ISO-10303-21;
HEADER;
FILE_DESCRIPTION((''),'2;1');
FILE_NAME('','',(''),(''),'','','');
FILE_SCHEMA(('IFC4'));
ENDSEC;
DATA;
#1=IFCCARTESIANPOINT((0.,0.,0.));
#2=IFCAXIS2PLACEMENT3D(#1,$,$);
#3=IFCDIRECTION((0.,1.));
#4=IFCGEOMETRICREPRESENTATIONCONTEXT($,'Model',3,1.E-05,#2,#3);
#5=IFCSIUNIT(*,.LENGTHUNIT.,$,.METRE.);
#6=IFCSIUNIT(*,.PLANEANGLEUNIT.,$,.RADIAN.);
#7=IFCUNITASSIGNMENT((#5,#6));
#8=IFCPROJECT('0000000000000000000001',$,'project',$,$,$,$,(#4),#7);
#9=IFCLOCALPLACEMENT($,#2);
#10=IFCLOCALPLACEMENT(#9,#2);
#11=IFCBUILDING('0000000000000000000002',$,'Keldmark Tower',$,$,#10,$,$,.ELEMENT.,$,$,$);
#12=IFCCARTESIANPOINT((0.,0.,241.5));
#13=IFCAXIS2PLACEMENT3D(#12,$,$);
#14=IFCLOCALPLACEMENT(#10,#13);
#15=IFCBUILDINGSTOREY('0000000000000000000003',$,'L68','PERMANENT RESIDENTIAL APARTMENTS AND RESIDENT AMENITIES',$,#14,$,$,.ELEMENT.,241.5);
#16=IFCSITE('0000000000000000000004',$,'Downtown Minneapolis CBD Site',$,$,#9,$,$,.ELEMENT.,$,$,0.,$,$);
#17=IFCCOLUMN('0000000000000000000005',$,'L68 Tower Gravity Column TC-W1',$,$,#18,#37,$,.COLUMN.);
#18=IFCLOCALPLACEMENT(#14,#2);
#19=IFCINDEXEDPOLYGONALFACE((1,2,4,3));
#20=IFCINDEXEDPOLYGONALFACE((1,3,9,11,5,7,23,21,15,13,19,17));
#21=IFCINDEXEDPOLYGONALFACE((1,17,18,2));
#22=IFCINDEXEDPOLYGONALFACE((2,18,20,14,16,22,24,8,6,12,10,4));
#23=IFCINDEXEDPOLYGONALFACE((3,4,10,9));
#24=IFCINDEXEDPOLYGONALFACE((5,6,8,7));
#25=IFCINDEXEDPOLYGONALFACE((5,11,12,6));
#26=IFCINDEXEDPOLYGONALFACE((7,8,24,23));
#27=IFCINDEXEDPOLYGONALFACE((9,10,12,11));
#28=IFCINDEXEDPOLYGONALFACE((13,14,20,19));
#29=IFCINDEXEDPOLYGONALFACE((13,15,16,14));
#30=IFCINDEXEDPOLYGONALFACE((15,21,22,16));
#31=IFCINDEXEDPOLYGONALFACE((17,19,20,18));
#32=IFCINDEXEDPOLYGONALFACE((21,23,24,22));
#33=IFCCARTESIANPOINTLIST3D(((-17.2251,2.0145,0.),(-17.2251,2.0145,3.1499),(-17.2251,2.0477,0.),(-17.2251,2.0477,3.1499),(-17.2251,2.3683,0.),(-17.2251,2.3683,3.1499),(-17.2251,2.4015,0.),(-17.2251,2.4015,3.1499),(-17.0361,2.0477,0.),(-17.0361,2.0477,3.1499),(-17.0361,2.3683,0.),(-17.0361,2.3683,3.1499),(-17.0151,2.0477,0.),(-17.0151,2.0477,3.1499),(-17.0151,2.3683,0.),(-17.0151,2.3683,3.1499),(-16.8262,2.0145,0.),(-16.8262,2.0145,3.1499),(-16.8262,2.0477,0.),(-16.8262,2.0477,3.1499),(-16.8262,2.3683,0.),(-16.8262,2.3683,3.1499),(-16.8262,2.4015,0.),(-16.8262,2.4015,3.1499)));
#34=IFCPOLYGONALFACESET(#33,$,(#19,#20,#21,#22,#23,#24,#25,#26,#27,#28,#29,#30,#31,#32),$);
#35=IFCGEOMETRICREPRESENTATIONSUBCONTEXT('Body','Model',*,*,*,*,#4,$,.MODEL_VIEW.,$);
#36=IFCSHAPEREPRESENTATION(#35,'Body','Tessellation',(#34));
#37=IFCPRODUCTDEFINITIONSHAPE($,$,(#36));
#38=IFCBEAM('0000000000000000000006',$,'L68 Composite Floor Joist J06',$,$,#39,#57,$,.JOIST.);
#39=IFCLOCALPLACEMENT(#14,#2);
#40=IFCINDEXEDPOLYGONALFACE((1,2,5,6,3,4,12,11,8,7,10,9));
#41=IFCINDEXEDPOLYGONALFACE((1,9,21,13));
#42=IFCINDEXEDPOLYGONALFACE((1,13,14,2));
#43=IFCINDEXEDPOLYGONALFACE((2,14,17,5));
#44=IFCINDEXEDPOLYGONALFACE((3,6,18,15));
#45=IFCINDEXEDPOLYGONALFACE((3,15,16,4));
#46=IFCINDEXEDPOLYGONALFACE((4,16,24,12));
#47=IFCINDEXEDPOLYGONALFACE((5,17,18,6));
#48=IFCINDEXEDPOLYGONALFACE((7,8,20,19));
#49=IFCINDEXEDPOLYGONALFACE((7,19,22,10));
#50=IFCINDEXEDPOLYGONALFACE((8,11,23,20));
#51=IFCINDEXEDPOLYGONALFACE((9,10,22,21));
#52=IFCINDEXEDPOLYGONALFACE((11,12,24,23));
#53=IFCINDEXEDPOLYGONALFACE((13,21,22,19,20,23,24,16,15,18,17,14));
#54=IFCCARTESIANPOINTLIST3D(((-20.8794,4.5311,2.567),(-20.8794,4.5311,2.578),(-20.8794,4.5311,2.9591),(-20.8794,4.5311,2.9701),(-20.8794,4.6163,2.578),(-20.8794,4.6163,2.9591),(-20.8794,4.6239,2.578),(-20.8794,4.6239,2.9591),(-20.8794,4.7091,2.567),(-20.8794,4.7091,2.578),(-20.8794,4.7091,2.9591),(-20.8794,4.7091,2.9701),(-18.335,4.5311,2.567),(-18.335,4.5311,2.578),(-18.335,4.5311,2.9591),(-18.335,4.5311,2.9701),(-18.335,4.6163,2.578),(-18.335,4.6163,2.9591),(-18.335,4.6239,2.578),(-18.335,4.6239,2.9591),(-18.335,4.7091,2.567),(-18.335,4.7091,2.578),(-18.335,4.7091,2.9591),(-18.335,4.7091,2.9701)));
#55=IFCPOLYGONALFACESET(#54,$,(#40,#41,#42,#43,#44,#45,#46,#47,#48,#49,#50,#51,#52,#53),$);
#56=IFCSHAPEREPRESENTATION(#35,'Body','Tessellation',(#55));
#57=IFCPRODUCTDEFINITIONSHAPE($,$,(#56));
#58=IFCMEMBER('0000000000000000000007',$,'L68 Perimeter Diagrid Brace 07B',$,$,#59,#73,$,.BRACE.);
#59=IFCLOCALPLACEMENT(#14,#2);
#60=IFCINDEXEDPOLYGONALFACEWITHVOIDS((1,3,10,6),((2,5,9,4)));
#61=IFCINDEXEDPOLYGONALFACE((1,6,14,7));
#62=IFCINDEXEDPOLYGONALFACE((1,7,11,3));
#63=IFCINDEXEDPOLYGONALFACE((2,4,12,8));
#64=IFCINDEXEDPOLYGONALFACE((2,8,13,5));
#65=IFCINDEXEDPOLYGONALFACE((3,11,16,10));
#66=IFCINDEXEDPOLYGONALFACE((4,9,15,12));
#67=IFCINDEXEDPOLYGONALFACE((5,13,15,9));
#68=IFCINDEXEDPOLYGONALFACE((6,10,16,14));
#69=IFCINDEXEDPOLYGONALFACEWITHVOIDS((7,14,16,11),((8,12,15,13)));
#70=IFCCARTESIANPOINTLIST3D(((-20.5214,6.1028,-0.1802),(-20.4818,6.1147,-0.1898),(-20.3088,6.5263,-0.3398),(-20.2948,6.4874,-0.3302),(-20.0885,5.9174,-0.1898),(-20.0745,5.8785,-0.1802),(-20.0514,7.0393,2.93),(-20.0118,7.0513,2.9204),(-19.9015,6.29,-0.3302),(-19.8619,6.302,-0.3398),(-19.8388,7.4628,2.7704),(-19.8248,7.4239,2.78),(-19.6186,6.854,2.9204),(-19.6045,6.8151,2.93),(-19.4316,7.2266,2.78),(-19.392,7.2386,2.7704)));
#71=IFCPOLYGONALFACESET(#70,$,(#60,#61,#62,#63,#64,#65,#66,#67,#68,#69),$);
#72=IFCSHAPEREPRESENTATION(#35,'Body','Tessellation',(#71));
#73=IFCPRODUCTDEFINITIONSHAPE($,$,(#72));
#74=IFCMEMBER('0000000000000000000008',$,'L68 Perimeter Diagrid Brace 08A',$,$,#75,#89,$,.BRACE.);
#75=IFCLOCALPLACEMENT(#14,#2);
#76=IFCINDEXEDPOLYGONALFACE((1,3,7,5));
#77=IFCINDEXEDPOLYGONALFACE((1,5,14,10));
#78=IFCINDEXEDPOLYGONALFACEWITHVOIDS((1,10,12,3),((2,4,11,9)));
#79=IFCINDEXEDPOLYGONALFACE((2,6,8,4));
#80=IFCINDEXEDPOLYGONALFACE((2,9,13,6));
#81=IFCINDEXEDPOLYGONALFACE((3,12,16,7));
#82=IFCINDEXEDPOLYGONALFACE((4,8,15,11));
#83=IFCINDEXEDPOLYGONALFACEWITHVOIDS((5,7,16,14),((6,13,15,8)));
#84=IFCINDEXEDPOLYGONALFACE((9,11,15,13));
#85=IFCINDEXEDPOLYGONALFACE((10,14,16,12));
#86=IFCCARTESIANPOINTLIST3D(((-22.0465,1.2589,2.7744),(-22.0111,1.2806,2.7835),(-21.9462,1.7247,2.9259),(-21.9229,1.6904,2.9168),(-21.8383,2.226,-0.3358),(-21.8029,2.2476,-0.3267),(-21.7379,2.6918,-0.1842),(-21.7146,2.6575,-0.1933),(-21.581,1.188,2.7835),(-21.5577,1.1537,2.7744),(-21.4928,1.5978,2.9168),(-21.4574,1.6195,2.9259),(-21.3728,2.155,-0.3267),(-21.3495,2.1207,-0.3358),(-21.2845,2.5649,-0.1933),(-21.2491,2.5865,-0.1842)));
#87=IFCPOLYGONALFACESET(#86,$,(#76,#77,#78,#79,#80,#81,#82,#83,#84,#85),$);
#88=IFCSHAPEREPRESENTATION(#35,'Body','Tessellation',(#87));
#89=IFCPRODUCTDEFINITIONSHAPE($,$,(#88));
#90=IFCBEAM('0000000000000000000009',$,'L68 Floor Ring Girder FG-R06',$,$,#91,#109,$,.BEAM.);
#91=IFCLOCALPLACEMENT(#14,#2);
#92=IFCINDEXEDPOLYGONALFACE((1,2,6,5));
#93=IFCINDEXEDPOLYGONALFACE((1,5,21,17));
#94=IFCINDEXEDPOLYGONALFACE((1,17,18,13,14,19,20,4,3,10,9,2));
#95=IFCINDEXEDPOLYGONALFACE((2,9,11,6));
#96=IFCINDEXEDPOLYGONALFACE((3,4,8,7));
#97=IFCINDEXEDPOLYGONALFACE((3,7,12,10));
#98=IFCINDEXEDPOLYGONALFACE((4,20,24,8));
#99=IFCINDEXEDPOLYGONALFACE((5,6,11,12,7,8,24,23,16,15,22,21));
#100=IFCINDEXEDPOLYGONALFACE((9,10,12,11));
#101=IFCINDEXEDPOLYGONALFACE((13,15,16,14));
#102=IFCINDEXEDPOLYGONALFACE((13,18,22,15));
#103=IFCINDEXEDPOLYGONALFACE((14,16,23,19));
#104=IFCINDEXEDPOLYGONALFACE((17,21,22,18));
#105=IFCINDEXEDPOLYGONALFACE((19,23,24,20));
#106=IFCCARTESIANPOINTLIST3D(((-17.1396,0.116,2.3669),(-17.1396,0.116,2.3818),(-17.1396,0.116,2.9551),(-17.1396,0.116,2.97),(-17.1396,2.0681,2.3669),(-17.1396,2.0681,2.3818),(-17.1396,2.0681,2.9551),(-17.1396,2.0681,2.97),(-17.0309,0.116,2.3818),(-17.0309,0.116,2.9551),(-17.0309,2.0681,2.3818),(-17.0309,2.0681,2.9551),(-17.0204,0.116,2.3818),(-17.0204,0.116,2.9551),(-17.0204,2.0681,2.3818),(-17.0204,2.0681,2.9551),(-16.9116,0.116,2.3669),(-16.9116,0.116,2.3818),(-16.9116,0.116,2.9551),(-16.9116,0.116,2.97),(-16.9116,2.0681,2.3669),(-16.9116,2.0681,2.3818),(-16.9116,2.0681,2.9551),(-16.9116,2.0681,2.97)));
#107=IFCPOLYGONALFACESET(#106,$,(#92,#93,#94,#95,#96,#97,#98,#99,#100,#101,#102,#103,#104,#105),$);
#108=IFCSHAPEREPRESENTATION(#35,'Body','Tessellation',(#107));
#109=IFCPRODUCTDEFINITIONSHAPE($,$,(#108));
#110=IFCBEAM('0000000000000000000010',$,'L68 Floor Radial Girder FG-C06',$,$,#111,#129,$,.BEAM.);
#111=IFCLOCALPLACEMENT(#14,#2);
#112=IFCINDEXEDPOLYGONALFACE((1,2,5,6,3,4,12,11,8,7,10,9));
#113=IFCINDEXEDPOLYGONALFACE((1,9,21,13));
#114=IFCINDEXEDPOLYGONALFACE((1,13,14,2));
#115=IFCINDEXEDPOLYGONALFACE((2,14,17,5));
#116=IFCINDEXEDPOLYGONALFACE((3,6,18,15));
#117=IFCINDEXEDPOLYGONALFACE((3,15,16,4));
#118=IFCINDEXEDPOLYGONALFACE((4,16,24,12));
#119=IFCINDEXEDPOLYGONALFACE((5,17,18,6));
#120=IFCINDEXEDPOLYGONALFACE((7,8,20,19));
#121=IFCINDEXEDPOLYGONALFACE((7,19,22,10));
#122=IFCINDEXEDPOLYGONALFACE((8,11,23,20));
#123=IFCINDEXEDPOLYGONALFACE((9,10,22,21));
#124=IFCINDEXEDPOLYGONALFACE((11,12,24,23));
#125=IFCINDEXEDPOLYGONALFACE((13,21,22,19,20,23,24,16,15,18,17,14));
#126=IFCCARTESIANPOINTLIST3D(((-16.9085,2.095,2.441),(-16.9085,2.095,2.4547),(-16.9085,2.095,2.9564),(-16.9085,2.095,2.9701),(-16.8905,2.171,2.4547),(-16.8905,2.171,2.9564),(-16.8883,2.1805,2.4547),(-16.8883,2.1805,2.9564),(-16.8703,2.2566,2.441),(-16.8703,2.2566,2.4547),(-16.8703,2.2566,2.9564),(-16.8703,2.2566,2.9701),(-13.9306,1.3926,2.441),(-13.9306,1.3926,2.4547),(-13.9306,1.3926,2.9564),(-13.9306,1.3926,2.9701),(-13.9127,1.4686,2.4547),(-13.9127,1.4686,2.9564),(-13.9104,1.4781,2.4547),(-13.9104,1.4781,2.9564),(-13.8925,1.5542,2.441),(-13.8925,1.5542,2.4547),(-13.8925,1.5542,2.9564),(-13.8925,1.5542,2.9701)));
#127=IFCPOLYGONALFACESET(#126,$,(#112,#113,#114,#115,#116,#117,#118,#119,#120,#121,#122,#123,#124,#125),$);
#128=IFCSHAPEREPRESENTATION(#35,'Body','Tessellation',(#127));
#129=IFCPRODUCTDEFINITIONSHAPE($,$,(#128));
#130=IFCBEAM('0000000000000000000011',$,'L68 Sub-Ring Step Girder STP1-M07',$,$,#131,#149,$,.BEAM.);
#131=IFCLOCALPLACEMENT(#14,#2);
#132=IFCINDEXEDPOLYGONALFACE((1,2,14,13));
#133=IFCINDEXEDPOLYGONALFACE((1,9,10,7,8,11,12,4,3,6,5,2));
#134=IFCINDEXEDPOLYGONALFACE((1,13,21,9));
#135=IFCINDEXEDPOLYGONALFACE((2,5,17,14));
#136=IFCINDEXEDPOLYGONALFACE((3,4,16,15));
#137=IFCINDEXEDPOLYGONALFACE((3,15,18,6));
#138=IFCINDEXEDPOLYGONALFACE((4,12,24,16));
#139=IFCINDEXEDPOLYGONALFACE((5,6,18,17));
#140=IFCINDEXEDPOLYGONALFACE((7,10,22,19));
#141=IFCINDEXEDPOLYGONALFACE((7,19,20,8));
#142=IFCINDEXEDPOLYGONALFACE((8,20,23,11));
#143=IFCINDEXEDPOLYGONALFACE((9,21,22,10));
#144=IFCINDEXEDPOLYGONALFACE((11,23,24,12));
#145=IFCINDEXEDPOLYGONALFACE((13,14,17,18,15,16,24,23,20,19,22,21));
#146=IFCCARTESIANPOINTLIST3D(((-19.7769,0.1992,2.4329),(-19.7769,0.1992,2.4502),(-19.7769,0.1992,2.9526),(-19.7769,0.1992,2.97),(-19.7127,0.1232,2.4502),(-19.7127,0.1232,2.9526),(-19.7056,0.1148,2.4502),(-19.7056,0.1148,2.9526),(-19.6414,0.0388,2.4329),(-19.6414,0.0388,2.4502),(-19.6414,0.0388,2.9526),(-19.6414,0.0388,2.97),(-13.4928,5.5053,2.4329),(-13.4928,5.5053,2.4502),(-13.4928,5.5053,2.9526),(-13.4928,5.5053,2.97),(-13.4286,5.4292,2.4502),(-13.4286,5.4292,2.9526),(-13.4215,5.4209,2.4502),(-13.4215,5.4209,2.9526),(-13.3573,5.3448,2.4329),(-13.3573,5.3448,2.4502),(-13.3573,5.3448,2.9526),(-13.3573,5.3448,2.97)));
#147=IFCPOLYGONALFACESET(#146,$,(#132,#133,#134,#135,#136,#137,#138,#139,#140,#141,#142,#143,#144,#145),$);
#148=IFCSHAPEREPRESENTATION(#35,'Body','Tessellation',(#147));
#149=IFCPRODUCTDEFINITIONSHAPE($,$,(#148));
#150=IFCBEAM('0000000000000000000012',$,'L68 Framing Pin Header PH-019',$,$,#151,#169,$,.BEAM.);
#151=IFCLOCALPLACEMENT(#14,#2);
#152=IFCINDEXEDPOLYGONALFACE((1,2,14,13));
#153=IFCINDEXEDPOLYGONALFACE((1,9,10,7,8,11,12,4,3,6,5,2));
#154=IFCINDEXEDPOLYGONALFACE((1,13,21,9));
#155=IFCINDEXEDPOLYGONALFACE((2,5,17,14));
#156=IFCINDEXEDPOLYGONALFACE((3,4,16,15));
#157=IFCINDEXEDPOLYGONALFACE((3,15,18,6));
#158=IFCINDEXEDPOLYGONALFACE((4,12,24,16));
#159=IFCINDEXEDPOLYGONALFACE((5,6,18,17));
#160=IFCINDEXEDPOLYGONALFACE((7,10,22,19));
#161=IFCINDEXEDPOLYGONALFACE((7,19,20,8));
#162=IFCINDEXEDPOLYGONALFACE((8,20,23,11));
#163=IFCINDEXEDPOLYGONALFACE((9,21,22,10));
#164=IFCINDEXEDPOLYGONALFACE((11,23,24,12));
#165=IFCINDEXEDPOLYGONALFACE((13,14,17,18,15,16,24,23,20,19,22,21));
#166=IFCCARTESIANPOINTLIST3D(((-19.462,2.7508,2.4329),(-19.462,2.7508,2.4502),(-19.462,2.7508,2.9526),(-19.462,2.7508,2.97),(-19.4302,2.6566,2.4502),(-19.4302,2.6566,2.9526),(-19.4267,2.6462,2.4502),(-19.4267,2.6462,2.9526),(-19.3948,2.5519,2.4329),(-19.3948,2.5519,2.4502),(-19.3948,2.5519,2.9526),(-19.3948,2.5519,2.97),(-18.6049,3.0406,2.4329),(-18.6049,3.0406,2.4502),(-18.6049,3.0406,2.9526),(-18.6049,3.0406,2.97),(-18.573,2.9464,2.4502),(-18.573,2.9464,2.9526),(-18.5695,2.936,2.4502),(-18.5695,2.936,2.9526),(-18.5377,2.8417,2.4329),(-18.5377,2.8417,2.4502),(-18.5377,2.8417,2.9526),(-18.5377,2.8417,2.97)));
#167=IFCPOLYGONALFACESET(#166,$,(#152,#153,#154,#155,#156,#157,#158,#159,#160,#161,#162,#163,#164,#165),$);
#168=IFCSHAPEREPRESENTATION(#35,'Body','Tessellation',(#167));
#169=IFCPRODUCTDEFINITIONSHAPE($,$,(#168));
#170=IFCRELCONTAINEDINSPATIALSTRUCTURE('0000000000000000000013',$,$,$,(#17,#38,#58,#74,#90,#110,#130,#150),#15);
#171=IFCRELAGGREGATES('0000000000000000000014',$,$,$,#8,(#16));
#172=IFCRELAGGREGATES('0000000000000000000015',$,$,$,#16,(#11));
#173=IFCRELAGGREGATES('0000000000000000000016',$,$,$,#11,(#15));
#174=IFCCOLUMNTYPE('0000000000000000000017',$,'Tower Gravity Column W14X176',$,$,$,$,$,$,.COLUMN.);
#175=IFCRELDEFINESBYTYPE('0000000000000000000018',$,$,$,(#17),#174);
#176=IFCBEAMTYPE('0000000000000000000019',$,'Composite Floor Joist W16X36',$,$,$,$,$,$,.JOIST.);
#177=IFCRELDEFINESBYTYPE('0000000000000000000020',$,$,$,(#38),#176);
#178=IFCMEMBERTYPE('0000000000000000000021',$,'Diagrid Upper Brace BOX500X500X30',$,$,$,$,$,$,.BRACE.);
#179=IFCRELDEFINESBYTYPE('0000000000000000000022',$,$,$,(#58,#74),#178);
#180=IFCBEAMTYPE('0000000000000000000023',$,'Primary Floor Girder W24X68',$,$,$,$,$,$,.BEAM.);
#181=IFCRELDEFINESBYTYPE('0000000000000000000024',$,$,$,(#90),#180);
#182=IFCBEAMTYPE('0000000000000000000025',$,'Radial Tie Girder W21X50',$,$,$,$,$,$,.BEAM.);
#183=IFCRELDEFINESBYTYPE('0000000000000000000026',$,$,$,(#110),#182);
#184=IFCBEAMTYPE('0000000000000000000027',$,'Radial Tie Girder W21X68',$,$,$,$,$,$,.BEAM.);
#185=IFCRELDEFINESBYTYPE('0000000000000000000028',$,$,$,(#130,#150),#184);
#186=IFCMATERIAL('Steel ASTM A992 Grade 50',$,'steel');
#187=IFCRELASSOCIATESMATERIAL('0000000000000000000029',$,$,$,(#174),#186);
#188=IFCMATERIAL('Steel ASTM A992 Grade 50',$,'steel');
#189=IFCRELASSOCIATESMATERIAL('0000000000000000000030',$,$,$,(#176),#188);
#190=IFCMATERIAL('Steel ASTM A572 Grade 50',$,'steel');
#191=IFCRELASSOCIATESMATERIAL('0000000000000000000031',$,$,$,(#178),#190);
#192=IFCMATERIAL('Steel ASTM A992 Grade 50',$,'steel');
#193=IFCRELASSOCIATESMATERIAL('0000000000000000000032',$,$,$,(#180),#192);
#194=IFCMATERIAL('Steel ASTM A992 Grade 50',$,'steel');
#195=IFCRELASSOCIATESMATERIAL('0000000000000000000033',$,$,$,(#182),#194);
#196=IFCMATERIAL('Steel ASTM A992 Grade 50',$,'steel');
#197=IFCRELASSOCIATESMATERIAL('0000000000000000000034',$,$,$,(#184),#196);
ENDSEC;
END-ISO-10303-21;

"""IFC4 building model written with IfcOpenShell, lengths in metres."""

from ifc_helpers import new_model, si_unit, direction, frame, origin, origin_2d, place, context, subcontext, project, spatial, hollow_rectangle, i_section, extrude, material, material_profile, profile_set, type_object, element, save


model = new_model("IFC4")

# Units and contexts
model_context = context("Model", 3, precision=1e-05, world=origin(), true_north=direction((0.0, 1.0)))
body_context = subcontext(model_context, "Body", "Model", "MODEL_VIEW")
ifc_project = project(units=[si_unit("LENGTHUNIT", "METRE"), si_unit("PLANEANGLEUNIT", "RADIAN")], contexts=[model_context])

# Site, building, storey
site_placement = place(None, origin())
site = spatial("IfcSite", under=ifc_project, at=site_placement, Name="Downtown Minneapolis CBD Site", CompositionType="ELEMENT", RefElevation=0.0)
building_placement = place(site_placement, origin())
building = spatial("IfcBuilding", under=site, at=building_placement, Name="Keldmark Tower", CompositionType="ELEMENT")
storey_placement = place(building_placement, frame((0.0, 0.0, 241.5)))
storey = spatial("IfcBuildingStorey", under=building, at=storey_placement, Name="L68", Description="PERMANENT RESIDENTIAL APARTMENTS AND RESIDENT AMENITIES", CompositionType="ELEMENT", Elevation=241.5)

# Column
ifc_material_1 = material(Name="Steel ASTM A992 Grade 50", Category="steel")
ifc_material_profile_1 = material_profile(ifc_material_1, i_section(OverallWidth=0.3989, OverallDepth=0.387, WebThickness=0.021, FlangeThickness=0.0332, at=origin_2d()), Name="W14X176")
ifc_profile_set_1 = profile_set([ifc_material_profile_1], Name="Steel ASTM A992 Grade 50")
column_type = type_object("IfcColumnType", Name="Tower Gravity Column W14X176", PredefinedType="COLUMN", material=ifc_profile_set_1)
column_placement = place(storey_placement, frame((-17.0256, 2.208, 0.0), z_axis=(0.0, 0.0, 1.0), x_axis=(1.0, 0.0, 0.0)))
element("IfcColumn", 1, at=column_placement, inside=storey, type_object=column_type, Name="L68 Tower Gravity Column TC-W1", PredefinedType="COLUMN", context=body_context, shape_type="SweptSolid", body=[
    extrude(i_section(OverallWidth=0.3989, OverallDepth=0.387, WebThickness=0.021, FlangeThickness=0.0332, at=origin_2d()), origin(), (0.0, 0.0, 1.0), 3.1499),
])

# Beam
ifc_material_2 = material(Name="Steel ASTM A992 Grade 50", Category="steel")
ifc_material_profile_2 = material_profile(ifc_material_2, i_section(OverallWidth=0.178, OverallDepth=0.4031, WebThickness=0.0076, FlangeThickness=0.011, at=origin_2d()), Name="W16X36")
ifc_profile_set_2 = profile_set([ifc_material_profile_2], Name="Steel ASTM A992 Grade 50")
beam_type_1 = type_object("IfcBeamType", Name="Composite Floor Joist W16X36", PredefinedType="JOIST", material=ifc_profile_set_2)
beam_1_placement = place(storey_placement, frame((-20.8794, 4.6201, 2.7686), z_axis=(1.0, 0.0, 0.0), x_axis=(0.0, 1.0, 0.0)))
element("IfcBeam", 2, at=beam_1_placement, inside=storey, type_object=beam_type_1, Name="L68 Composite Floor Joist J06", PredefinedType="JOIST", context=body_context, shape_type="SweptSolid", body=[
    extrude(i_section(OverallWidth=0.178, OverallDepth=0.4031, WebThickness=0.0076, FlangeThickness=0.011, at=origin_2d()), origin(), (0.0, 0.0, 1.0), 2.5444),
])

# Members
ifc_material_3 = material(Name="Steel ASTM A572 Grade 50", Category="steel")
ifc_material_profile_3 = material_profile(ifc_material_3, hollow_rectangle(XDim=0.5, YDim=0.5, WallThickness=0.03, at=origin_2d()), Name="BOX500X500X30")
ifc_profile_set_3 = profile_set([ifc_material_profile_3], Name="Steel ASTM A572 Grade 50")
member_type = type_object("IfcMemberType", Name="Diagrid Upper Brace BOX500X500X30", PredefinedType="BRACE", material=ifc_profile_set_3)
member_1_placement = place(storey_placement, frame((-20.1917, 6.2024, -0.26), z_axis=(0.143202, 0.285362, 0.947661), x_axis=(-0.893774, 0.448518, 0.0)))
element("IfcMember", 3, at=member_1_placement, inside=storey, type_object=member_type, Name="L68 Perimeter Diagrid Brace 07B", PredefinedType="BRACE", context=body_context, shape_type="SweptSolid", body=[
    extrude(hollow_rectangle(XDim=0.5, YDim=0.5, WallThickness=0.03, at=origin_2d()), origin(), (0.0, 0.0, 1.0), 3.282),
])
member_2_placement = place(storey_placement, frame((-21.5437, 2.4062, -0.26), z_axis=(-0.06381, -0.296308, 0.952958), x_axis=(0.977589, -0.210523, 0.0)))
element("IfcMember", 4, at=member_2_placement, inside=storey, type_object=member_type, Name="L68 Perimeter Diagrid Brace 08A", PredefinedType="BRACE", context=body_context, shape_type="SweptSolid", body=[
    extrude(hollow_rectangle(XDim=0.5, YDim=0.5, WallThickness=0.03, at=origin_2d()), origin(), (0.0, 0.0, 1.0), 3.2637),
])

# Beams
ifc_material_4 = material(Name="Steel ASTM A992 Grade 50", Category="steel")
ifc_material_profile_4 = material_profile(ifc_material_4, i_section(OverallWidth=0.228, OverallDepth=0.603, WebThickness=0.0105, FlangeThickness=0.0149, at=origin_2d()), Name="W24X68")
ifc_profile_set_4 = profile_set([ifc_material_profile_4], Name="Steel ASTM A992 Grade 50")
beam_type_2 = type_object("IfcBeamType", Name="Primary Floor Girder W24X68", PredefinedType="BEAM", material=ifc_profile_set_4)
beam_2_placement = place(storey_placement, frame((-17.0256, 2.0681, 2.6685), z_axis=(0.0, -1.0, 0.0), x_axis=(1.0, 0.0, 0.0)))
element("IfcBeam", 5, at=beam_2_placement, inside=storey, type_object=beam_type_2, Name="L68 Floor Ring Girder FG-R06", PredefinedType="BEAM", context=body_context, shape_type="SweptSolid", body=[
    extrude(i_section(OverallWidth=0.228, OverallDepth=0.603, WebThickness=0.0105, FlangeThickness=0.0149, at=origin_2d()), origin(), (0.0, 0.0, 1.0), 1.9521),
])
ifc_material_5 = material(Name="Steel ASTM A992 Grade 50", Category="steel")
ifc_material_profile_5 = material_profile(ifc_material_5, i_section(OverallWidth=0.166, OverallDepth=0.5291, WebThickness=0.0098, FlangeThickness=0.0137, at=origin_2d()), Name="W21X50")
ifc_profile_set_5 = profile_set([ifc_material_profile_5], Name="Steel ASTM A992 Grade 50")
beam_type_3 = type_object("IfcBeamType", Name="Radial Tie Girder W21X50", PredefinedType="BEAM", material=ifc_profile_set_5)
beam_3_placement = place(storey_placement, frame((-16.8894, 2.1758, 2.7056), z_axis=(0.97329, -0.229577, 0.0), x_axis=(0.229577, 0.97329, 0.0)))
element("IfcBeam", 6, at=beam_3_placement, inside=storey, type_object=beam_type_3, Name="L68 Floor Radial Girder FG-C06", PredefinedType="BEAM", context=body_context, shape_type="SweptSolid", body=[
    extrude(i_section(OverallWidth=0.166, OverallDepth=0.5291, WebThickness=0.0098, FlangeThickness=0.0137, at=origin_2d()), origin(), (0.0, 0.0, 1.0), 3.0596),
])
ifc_material_6 = material(Name="Steel ASTM A992 Grade 50", Category="steel")
ifc_material_profile_6 = material_profile(ifc_material_6, i_section(OverallWidth=0.21, OverallDepth=0.5371, WebThickness=0.011, FlangeThickness=0.0173, at=origin_2d()), Name="W21X68")
ifc_profile_set_6 = profile_set([ifc_material_profile_6], Name="Steel ASTM A992 Grade 50")
beam_type_4 = type_object("IfcBeamType", Name="Radial Tie Girder W21X68", PredefinedType="BEAM", material=ifc_profile_set_6)
beam_4_placement = place(storey_placement, frame((-13.425, 5.425, 2.7014), z_axis=(-0.764059, -0.645146, 0.0), x_axis=(0.645146, -0.764059, 0.0)))
element("IfcBeam", 7, at=beam_4_placement, inside=storey, type_object=beam_type_4, Name="L68 Sub-Ring Step Girder STP1-M07", PredefinedType="BEAM", context=body_context, shape_type="SweptSolid", body=[
    extrude(i_section(OverallWidth=0.21, OverallDepth=0.5371, WebThickness=0.011, FlangeThickness=0.0173, at=origin_2d()), origin(), (0.0, 0.0, 1.0), 8.2246),
])
beam_5_placement = place(storey_placement, frame((-18.5713, 2.9412, 2.7014), z_axis=(-0.947326, -0.320272, 0.0), x_axis=(0.320272, -0.947326, 0.0)))
element("IfcBeam", 8, at=beam_5_placement, inside=storey, type_object=beam_type_4, Name="L68 Framing Pin Header PH-019", PredefinedType="BEAM", context=body_context, shape_type="SweptSolid", body=[
    extrude(i_section(OverallWidth=0.21, OverallDepth=0.5371, WebThickness=0.011, FlangeThickness=0.0173, at=origin_2d()), origin(), (0.0, 0.0, 1.0), 0.9048),
])

save(model, "model.ifc")
